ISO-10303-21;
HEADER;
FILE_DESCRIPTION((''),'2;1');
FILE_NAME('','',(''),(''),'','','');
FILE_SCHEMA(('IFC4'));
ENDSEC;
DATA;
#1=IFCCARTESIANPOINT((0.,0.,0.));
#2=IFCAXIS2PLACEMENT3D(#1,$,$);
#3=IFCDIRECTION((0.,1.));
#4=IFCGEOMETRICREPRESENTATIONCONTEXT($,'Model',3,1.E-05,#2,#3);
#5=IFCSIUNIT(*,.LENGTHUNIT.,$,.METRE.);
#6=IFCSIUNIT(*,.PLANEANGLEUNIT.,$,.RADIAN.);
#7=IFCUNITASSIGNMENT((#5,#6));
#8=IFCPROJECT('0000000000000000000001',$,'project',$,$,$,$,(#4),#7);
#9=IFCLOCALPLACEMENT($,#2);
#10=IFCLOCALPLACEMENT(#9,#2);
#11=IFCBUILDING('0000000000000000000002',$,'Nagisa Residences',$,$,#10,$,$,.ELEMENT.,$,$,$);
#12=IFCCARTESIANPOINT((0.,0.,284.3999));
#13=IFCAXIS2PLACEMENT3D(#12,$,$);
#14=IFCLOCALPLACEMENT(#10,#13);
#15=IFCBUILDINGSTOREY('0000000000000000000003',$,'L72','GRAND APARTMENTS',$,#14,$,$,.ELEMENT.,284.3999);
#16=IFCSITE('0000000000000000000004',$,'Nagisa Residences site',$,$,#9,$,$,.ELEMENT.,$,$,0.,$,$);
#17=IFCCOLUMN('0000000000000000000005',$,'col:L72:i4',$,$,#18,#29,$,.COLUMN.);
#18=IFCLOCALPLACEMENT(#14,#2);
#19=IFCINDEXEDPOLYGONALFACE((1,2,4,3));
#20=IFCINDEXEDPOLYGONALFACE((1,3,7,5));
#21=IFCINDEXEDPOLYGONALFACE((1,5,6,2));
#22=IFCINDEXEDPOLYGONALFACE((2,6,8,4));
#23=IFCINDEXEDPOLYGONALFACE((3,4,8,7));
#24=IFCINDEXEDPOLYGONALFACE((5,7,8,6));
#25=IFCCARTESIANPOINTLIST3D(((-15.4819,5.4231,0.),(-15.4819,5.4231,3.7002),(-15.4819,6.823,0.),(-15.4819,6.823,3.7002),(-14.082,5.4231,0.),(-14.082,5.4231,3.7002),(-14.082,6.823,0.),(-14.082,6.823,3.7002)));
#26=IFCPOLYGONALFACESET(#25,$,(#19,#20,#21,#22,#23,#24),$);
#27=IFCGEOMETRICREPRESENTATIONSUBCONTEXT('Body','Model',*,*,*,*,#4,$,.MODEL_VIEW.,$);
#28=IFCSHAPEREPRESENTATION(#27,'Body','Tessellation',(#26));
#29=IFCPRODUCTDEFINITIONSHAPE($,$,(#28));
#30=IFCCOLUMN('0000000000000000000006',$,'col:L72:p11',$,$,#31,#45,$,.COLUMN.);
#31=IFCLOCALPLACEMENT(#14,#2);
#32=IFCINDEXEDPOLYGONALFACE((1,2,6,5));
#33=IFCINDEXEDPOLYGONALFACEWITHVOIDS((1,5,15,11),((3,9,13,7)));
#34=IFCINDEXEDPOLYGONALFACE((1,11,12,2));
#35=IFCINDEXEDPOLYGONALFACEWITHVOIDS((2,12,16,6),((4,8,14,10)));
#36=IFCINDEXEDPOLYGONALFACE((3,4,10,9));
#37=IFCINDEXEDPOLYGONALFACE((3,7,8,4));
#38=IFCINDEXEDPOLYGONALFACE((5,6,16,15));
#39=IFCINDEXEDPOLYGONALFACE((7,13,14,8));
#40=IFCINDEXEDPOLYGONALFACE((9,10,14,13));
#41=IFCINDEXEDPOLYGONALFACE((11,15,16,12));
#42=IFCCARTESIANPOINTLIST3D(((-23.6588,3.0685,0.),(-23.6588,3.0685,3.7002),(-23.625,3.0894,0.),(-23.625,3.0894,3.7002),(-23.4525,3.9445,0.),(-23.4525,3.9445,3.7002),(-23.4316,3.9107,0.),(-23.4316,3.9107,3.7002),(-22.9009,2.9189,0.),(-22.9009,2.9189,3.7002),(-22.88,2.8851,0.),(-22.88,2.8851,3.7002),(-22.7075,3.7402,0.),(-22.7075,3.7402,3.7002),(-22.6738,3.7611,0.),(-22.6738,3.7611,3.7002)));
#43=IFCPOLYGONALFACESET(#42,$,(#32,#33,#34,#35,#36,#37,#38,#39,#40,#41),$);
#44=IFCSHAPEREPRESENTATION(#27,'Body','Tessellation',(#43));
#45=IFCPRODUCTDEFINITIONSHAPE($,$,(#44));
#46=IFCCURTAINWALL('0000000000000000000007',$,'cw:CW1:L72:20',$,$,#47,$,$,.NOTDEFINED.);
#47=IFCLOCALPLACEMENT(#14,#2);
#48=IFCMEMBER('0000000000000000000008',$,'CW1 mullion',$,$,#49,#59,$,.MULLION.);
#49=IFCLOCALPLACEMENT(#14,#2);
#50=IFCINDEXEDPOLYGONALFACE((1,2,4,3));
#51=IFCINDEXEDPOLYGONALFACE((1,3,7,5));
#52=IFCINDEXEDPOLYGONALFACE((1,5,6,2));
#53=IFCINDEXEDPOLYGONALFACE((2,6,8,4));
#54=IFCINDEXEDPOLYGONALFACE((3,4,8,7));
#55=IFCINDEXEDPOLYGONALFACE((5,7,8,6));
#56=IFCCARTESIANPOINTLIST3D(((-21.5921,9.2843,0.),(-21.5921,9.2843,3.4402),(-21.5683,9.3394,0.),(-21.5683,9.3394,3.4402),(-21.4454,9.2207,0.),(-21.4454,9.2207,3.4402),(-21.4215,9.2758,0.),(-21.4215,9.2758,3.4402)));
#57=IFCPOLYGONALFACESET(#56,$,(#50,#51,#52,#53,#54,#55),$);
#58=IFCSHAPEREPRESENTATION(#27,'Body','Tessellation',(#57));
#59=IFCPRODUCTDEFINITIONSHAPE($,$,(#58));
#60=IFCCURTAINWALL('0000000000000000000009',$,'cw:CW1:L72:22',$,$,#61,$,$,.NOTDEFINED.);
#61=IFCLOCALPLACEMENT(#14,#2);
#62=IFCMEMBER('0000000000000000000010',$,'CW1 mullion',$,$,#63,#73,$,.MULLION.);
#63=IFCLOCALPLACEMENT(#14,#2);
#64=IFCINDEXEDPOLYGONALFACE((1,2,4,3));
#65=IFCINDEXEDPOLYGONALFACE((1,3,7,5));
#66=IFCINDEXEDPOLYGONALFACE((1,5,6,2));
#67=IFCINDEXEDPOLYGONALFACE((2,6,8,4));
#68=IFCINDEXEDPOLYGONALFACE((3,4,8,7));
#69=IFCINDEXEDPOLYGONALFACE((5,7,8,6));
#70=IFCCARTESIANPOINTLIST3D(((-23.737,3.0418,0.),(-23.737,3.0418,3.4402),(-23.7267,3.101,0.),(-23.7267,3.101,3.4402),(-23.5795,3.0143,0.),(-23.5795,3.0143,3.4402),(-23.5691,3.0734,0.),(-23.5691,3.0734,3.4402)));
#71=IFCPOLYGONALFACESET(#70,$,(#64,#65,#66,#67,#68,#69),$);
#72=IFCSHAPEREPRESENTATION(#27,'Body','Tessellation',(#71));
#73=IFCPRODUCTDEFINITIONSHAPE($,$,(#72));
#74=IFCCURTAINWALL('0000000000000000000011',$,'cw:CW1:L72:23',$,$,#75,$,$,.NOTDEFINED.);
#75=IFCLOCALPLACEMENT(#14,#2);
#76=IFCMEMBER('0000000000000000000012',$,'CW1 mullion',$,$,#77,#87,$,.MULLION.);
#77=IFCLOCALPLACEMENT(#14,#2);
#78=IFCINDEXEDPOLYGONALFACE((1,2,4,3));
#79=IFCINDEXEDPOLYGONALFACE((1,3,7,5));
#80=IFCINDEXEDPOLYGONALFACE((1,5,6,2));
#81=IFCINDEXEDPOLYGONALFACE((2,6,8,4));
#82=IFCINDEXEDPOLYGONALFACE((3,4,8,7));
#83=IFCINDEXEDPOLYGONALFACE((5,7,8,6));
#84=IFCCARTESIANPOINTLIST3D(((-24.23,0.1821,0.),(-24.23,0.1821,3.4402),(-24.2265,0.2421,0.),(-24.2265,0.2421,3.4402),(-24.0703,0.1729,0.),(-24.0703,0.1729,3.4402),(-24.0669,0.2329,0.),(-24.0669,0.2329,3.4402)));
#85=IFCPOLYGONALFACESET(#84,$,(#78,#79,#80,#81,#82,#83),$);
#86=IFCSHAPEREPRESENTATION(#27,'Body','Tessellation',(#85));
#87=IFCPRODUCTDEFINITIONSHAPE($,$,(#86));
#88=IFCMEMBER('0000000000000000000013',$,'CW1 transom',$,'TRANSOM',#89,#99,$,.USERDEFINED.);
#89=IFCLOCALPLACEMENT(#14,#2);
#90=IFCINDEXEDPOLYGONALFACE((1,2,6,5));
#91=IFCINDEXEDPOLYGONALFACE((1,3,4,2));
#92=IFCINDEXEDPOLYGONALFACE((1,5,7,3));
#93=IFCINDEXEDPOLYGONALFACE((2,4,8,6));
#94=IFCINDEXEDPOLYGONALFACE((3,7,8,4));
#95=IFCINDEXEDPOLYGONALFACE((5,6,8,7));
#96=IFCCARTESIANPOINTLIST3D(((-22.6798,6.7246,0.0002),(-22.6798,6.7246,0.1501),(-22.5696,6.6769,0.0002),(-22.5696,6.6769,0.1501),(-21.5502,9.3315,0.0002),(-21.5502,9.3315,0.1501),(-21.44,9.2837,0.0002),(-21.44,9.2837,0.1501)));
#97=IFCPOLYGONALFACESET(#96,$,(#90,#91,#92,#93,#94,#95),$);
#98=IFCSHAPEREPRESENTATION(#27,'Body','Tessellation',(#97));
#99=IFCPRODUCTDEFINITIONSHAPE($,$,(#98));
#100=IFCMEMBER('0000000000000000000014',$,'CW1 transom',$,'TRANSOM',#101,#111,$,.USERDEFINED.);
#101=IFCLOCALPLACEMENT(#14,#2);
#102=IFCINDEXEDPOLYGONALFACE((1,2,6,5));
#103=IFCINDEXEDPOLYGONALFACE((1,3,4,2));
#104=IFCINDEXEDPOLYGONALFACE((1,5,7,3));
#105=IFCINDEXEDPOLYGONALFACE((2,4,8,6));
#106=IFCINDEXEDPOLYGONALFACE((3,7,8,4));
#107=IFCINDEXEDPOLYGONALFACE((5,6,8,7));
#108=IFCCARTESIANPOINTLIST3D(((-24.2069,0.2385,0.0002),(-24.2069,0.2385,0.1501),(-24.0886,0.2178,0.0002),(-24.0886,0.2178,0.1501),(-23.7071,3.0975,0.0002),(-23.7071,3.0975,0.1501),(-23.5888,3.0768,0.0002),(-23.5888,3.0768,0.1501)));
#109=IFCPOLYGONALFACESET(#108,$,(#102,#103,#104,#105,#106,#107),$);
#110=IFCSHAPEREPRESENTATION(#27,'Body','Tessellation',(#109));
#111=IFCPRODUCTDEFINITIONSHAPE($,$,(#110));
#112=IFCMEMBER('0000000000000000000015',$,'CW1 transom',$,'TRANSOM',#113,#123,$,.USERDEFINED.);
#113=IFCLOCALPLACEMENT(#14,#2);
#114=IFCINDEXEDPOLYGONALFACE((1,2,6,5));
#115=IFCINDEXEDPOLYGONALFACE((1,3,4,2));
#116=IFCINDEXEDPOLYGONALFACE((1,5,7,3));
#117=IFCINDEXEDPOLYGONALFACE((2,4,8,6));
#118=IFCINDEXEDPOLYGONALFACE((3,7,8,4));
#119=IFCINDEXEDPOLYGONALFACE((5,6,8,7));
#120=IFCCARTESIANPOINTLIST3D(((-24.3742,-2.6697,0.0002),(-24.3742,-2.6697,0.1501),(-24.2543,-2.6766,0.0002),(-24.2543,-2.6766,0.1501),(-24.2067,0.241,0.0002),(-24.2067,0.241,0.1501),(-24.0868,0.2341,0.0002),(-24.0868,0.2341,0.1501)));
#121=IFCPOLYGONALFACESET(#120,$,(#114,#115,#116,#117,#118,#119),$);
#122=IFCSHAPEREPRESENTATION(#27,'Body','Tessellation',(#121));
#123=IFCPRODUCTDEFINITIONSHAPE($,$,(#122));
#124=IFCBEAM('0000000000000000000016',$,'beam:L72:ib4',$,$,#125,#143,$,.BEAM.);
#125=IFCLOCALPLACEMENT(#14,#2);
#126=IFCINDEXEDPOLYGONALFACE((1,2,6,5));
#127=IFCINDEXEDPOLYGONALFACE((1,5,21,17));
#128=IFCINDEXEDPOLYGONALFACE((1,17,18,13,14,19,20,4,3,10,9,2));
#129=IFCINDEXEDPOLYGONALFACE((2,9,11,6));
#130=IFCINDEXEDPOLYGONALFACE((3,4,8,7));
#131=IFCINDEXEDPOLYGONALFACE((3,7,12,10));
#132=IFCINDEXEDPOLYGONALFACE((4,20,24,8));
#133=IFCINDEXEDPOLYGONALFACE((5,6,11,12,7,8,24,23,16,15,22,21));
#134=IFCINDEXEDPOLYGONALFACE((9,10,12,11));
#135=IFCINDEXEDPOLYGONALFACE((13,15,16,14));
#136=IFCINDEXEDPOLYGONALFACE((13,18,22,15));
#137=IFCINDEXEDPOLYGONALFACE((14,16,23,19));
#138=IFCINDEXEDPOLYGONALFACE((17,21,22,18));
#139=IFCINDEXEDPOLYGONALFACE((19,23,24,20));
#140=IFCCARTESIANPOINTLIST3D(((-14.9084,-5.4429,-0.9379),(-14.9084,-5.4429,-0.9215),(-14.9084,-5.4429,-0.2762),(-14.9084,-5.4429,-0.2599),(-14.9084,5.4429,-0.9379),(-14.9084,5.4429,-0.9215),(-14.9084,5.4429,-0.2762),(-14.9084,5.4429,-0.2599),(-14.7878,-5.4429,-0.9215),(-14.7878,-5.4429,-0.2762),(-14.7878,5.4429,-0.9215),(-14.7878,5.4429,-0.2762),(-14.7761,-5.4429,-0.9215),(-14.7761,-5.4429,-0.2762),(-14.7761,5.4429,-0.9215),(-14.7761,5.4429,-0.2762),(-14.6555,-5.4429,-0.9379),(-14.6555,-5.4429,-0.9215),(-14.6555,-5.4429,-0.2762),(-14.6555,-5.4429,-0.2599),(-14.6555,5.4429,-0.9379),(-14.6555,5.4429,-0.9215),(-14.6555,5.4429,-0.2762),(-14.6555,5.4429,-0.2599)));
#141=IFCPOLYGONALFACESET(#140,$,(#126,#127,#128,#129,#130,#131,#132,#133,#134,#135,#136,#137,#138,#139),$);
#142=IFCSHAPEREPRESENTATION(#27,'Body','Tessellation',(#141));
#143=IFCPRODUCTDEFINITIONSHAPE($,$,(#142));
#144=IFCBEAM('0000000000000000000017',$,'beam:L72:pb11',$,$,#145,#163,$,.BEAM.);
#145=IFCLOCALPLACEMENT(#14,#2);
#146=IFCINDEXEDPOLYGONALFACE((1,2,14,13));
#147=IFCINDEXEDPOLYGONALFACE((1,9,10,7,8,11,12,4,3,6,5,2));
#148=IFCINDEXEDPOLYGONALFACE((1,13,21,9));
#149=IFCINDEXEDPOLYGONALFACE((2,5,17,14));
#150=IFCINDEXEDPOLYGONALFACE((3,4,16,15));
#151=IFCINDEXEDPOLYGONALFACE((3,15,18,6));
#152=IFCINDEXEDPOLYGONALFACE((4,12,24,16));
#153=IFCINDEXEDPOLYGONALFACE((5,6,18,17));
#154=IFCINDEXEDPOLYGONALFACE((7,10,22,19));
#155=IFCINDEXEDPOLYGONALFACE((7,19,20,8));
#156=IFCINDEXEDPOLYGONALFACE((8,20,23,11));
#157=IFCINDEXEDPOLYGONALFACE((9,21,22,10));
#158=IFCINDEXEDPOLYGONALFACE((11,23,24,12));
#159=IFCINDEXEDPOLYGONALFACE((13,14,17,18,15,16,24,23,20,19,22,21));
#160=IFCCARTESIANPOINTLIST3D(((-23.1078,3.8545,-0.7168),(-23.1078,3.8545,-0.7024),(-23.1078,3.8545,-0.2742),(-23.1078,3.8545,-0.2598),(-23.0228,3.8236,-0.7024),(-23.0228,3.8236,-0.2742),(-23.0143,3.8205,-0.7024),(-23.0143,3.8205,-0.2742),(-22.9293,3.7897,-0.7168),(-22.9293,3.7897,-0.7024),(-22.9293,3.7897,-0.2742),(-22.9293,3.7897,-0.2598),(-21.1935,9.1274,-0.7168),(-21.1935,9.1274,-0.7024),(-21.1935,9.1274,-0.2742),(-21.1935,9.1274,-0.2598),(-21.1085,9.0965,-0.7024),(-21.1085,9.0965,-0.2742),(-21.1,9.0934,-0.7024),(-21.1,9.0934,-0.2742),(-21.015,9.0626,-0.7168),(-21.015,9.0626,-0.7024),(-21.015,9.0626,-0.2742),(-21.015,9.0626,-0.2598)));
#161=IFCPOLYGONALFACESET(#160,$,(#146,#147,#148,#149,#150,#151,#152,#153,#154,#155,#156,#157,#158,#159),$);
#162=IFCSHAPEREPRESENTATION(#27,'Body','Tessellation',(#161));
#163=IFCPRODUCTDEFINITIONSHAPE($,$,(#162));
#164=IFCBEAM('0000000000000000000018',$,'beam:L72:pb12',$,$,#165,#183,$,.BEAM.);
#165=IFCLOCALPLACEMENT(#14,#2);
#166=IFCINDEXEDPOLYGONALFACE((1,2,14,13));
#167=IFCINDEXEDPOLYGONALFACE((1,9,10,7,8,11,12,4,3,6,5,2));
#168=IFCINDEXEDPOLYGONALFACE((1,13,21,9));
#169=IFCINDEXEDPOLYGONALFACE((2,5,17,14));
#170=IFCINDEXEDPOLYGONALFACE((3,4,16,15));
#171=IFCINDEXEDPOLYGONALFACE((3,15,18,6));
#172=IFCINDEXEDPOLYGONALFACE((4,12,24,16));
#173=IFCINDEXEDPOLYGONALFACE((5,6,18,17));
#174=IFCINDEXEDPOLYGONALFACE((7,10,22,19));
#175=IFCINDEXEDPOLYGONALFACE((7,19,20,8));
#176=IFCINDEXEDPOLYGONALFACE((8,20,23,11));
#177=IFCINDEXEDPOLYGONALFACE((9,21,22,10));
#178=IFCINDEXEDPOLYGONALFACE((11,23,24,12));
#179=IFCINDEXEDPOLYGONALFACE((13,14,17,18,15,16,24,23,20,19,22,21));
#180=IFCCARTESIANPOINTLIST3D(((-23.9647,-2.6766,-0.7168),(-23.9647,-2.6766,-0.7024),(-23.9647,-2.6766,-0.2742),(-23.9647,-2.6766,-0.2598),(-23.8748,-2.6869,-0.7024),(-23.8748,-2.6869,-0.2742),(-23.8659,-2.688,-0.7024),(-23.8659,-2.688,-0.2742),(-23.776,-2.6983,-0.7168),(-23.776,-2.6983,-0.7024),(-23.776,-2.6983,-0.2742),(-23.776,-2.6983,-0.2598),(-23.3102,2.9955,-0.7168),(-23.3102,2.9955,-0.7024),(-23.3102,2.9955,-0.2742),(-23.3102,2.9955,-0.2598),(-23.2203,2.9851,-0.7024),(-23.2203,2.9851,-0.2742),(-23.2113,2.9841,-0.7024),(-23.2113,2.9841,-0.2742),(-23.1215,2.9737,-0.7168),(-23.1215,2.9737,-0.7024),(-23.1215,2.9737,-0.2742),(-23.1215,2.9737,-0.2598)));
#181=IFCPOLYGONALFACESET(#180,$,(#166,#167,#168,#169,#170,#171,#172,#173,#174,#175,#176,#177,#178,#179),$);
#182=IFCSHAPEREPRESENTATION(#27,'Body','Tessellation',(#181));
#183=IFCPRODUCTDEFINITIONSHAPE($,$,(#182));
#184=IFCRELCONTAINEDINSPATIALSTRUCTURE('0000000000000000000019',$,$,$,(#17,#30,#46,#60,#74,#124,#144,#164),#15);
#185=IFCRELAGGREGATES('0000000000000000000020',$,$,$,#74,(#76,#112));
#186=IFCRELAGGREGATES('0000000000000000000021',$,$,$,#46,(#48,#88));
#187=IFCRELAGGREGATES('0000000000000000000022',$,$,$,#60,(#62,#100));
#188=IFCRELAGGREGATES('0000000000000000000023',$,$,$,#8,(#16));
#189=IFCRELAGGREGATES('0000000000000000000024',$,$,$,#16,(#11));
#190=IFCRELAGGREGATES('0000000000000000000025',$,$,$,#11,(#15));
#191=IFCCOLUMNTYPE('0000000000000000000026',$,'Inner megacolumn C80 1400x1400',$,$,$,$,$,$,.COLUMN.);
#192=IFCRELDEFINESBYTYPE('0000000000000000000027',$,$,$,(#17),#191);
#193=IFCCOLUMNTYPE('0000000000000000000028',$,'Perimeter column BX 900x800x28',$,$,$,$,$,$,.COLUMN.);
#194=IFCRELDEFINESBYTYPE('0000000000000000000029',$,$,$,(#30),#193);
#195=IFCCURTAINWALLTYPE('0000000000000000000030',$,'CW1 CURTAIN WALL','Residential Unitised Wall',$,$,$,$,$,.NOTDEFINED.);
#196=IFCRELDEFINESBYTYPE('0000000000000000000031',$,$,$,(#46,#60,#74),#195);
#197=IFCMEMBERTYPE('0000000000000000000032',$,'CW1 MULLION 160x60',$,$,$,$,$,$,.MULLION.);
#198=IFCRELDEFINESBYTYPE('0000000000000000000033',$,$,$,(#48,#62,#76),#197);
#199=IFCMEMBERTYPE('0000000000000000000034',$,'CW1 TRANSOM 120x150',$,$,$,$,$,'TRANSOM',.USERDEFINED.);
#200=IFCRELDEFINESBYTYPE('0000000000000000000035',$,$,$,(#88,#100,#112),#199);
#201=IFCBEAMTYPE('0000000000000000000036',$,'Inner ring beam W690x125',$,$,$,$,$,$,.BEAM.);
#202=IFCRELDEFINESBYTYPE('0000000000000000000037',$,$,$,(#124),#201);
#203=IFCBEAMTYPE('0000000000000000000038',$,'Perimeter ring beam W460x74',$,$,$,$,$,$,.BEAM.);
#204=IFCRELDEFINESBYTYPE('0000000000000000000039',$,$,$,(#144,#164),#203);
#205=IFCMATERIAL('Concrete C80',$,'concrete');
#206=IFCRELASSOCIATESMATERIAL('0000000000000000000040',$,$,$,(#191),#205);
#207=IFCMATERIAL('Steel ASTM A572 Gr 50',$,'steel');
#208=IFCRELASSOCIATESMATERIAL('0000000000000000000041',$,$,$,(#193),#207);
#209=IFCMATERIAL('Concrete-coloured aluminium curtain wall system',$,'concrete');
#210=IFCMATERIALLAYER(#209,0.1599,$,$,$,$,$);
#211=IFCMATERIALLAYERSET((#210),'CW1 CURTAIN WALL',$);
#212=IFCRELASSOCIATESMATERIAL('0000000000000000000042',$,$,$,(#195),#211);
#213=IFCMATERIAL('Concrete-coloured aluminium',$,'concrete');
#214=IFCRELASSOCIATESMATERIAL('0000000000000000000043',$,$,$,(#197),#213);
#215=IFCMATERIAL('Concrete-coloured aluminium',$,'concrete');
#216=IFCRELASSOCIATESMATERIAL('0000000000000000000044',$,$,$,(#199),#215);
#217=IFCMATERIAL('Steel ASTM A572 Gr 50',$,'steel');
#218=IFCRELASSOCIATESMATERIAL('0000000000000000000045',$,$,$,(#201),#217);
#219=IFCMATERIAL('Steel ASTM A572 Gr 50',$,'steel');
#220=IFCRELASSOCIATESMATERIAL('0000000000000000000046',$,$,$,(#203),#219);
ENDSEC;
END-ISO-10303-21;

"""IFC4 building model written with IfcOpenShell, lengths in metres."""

from ifc_helpers import new_model, si_unit, direction, frame, origin, origin_2d, place, context, subcontext, project, spatial, rectangle, hollow_rectangle, i_section, extrude, material, layer, layer_set, material_profile, profile_set, type_object, element, aggregate, save


model = new_model("IFC4")

# Units and contexts
model_context = context("Model", 3, precision=1e-05, world=origin(), true_north=direction((0.0, 1.0)))
body_context = subcontext(model_context, "Body", "Model", "MODEL_VIEW")
ifc_project = project(units=[si_unit("LENGTHUNIT", "METRE"), si_unit("PLANEANGLEUNIT", "RADIAN")], contexts=[model_context])

# Site, building, storey
site_placement = place(None, origin())
site = spatial("IfcSite", under=ifc_project, at=site_placement, Name="Nagisa Residences site", CompositionType="ELEMENT", RefElevation=0.0)
building_placement = place(site_placement, origin())
building = spatial("IfcBuilding", under=site, at=building_placement, Name="Nagisa Residences", CompositionType="ELEMENT")
storey_placement = place(building_placement, frame((0.0, 0.0, 284.3999)))
storey = spatial("IfcBuildingStorey", under=building, at=storey_placement, Name="L72", Description="GRAND APARTMENTS", CompositionType="ELEMENT", Elevation=284.3999)

# Columns
ifc_material_1 = material(Name="Concrete C80", Category="concrete")
ifc_material_profile_1 = material_profile(ifc_material_1, rectangle(XDim=1.3999, YDim=1.3999, at=origin_2d()), Name="C80 1400x1400")
ifc_profile_set_1 = profile_set([ifc_material_profile_1], Name="Concrete C80")
column_type_1 = type_object("IfcColumnType", Name="Inner megacolumn C80 1400x1400", PredefinedType="COLUMN", material=ifc_profile_set_1)
column_1_placement = place(storey_placement, frame((-14.782, 6.123, 0.0), z_axis=(0.0, 0.0, 1.0), x_axis=(1.0, 0.0, 0.0)))
element("IfcColumn", 1, at=column_1_placement, inside=storey, type_object=column_type_1, Name="col:L72:i4", PredefinedType="COLUMN", context=body_context, shape_type="SweptSolid", body=[
    extrude(rectangle(XDim=1.3999, YDim=1.3999, at=origin_2d()), origin(), (0.0, 0.0, 1.0), 3.7002),
])
ifc_material_2 = material(Name="Steel ASTM A572 Gr 50", Category="steel")
ifc_material_profile_2 = material_profile(ifc_material_2, hollow_rectangle(XDim=0.8999, YDim=0.8, WallThickness=0.0281, at=origin_2d()), Name="BX 900x800x28")
ifc_profile_set_2 = profile_set([ifc_material_profile_2], Name="Steel ASTM A572 Gr 50")
column_type_2 = type_object("IfcColumnType", Name="Perimeter column BX 900x800x28", PredefinedType="COLUMN", material=ifc_profile_set_2)
column_2_placement = place(storey_placement, frame((-23.1663, 3.4148, 0.0), z_axis=(0.0, 0.0, 1.0), x_axis=(-0.229202, -0.973379, 0.0)))
element("IfcColumn", 2, at=column_2_placement, inside=storey, type_object=column_type_2, Name="col:L72:p11", PredefinedType="COLUMN", context=body_context, shape_type="SweptSolid", body=[
    extrude(hollow_rectangle(XDim=0.8999, YDim=0.8, WallThickness=0.0281, at=origin_2d()), origin(), (0.0, 0.0, 1.0), 3.7002),
])

# Curtain walls, members
ifc_material_3 = material(Name="Concrete-coloured aluminium curtain wall system", Category="concrete")
ifc_layer_1 = layer(ifc_material_3, 0.1599)
ifc_layer_set_1 = layer_set([ifc_layer_1], Name="CW1 CURTAIN WALL")
curtain_wall_type = type_object("IfcCurtainWallType", Name="CW1 CURTAIN WALL", Description="Residential Unitised Wall", PredefinedType="NOTDEFINED", material=ifc_layer_set_1)
curtain_wall_1_placement = place(storey_placement, origin())
curtain_wall_1 = element("IfcCurtainWall", 3, at=curtain_wall_1_placement, inside=storey, type_object=curtain_wall_type, Name="cw:CW1:L72:20", PredefinedType="NOTDEFINED")
ifc_material_4 = material(Name="Concrete-coloured aluminium", Category="concrete")
ifc_material_profile_3 = material_profile(ifc_material_4, rectangle(XDim=0.1599, YDim=0.0601, at=origin_2d()), Name="CW1 MULLION 160x60")
ifc_profile_set_3 = profile_set([ifc_material_profile_3], Name="Concrete-coloured aluminium")
member_type_1 = type_object("IfcMemberType", Name="CW1 MULLION 160x60", PredefinedType="MULLION", material=ifc_profile_set_3)
member_1_placement = place(storey_placement, frame((-21.5068, 9.28, 0.0), z_axis=(0.0, 0.0, 1.0), x_axis=(0.917543, -0.397636, 0.0)))
member_1 = element("IfcMember", 4, at=member_1_placement, type_object=member_type_1, Name="CW1 mullion", PredefinedType="MULLION", context=body_context, shape_type="SweptSolid", body=[
    extrude(rectangle(XDim=0.1599, YDim=0.0601, at=origin_2d()), origin(), (0.0, 0.0, 1.0), 3.4402),
])
curtain_wall_2_placement = place(storey_placement, origin())
curtain_wall_2 = element("IfcCurtainWall", 5, at=curtain_wall_2_placement, inside=storey, type_object=curtain_wall_type, Name="cw:CW1:L72:22", PredefinedType="NOTDEFINED")
member_2_placement = place(storey_placement, frame((-23.6531, 3.0576, 0.0), z_axis=(0.0, 0.0, 1.0), x_axis=(0.985064, -0.172191, 0.0)))
member_2 = element("IfcMember", 6, at=member_2_placement, type_object=member_type_1, Name="CW1 mullion", PredefinedType="MULLION", context=body_context, shape_type="SweptSolid", body=[
    extrude(rectangle(XDim=0.1599, YDim=0.0601, at=origin_2d()), origin(), (0.0, 0.0, 1.0), 3.4402),
])
curtain_wall_3_placement = place(storey_placement, origin())
curtain_wall_3 = element("IfcCurtainWall", 7, at=curtain_wall_3_placement, inside=storey, type_object=curtain_wall_type, Name="cw:CW1:L72:23", PredefinedType="NOTDEFINED")
member_3_placement = place(storey_placement, frame((-24.1484, 0.2075, 0.0), z_axis=(0.0, 0.0, 1.0), x_axis=(0.998345, -0.057503, 0.0)))
member_3 = element("IfcMember", 8, at=member_3_placement, type_object=member_type_1, Name="CW1 mullion", PredefinedType="MULLION", context=body_context, shape_type="SweptSolid", body=[
    extrude(rectangle(XDim=0.1599, YDim=0.0601, at=origin_2d()), origin(), (0.0, 0.0, 1.0), 3.4402),
])

# Members
ifc_material_5 = material(Name="Concrete-coloured aluminium", Category="concrete")
ifc_material_profile_4 = material_profile(ifc_material_5, rectangle(XDim=0.1201, YDim=0.1499, at=origin_2d()), Name="CW1 TRANSOM 120x150")
ifc_profile_set_4 = profile_set([ifc_material_profile_4], Name="Concrete-coloured aluminium")
member_type_2 = type_object("IfcMemberType", Name="CW1 TRANSOM 120x150", ElementType="TRANSOM", PredefinedType="USERDEFINED", material=ifc_profile_set_4)
member_4_placement = place(storey_placement, frame((-21.4951, 9.3076, 0.0752), z_axis=(-0.397598, -0.91756, 0.0), x_axis=(0.91756, -0.397598, 0.0)))
member_4 = element("IfcMember", 9, at=member_4_placement, type_object=member_type_2, Name="CW1 transom", ObjectType="TRANSOM", PredefinedType="USERDEFINED", context=body_context, shape_type="SweptSolid", body=[
    extrude(rectangle(XDim=0.1201, YDim=0.1499, at=origin_2d()), origin(), (0.0, 0.0, 1.0), 2.8411),
])
member_5_placement = place(storey_placement, frame((-23.6479, 3.0872, 0.0752), z_axis=(-0.172197, -0.985063, 0.0), x_axis=(0.985063, -0.172197, 0.0)))
member_5 = element("IfcMember", 10, at=member_5_placement, type_object=member_type_2, Name="CW1 transom", ObjectType="TRANSOM", PredefinedType="USERDEFINED", context=body_context, shape_type="SweptSolid", body=[
    extrude(rectangle(XDim=0.1201, YDim=0.1499, at=origin_2d()), origin(), (0.0, 0.0, 1.0), 2.9023),
])
member_6_placement = place(storey_placement, frame((-24.1467, 0.2375, 0.0752), z_axis=(-0.057446, -0.998349, 0.0), x_axis=(0.998349, -0.057446, 0.0)))
member_6 = element("IfcMember", 11, at=member_6_placement, type_object=member_type_2, Name="CW1 transom", ObjectType="TRANSOM", PredefinedType="USERDEFINED", context=body_context, shape_type="SweptSolid", body=[
    extrude(rectangle(XDim=0.1201, YDim=0.1499, at=origin_2d()), origin(), (0.0, 0.0, 1.0), 2.9155),
])
aggregate(curtain_wall_3, [member_3, member_6])

# Beams
ifc_material_6 = material(Name="Steel ASTM A572 Gr 50", Category="steel")
ifc_material_profile_5 = material_profile(ifc_material_6, i_section(OverallWidth=0.2529, OverallDepth=0.678, WebThickness=0.0117, FlangeThickness=0.0164, at=origin_2d()), Name="W690x125")
ifc_profile_set_5 = profile_set([ifc_material_profile_5], Name="Steel ASTM A572 Gr 50")
beam_type_1 = type_object("IfcBeamType", Name="Inner ring beam W690x125", PredefinedType="BEAM", material=ifc_profile_set_5)
beam_1_placement = place(storey_placement, frame((-14.782, 5.4429, -0.5989), z_axis=(0.0, -1.0, 0.0), x_axis=(1.0, 0.0, 0.0)))
element("IfcBeam", 12, at=beam_1_placement, inside=storey, type_object=beam_type_1, Name="beam:L72:ib4", PredefinedType="BEAM", context=body_context, shape_type="SweptSolid", body=[
    extrude(i_section(OverallWidth=0.2529, OverallDepth=0.678, WebThickness=0.0117, FlangeThickness=0.0164, at=origin_2d()), origin(), (0.0, 0.0, 1.0), 10.8857),
])
ifc_material_7 = material(Name="Steel ASTM A572 Gr 50", Category="steel")
ifc_material_profile_6 = material_profile(ifc_material_7, i_section(OverallWidth=0.1899, OverallDepth=0.457, WebThickness=0.009, FlangeThickness=0.0144, at=origin_2d()), Name="W460x74")
ifc_profile_set_6 = profile_set([ifc_material_profile_6], Name="Steel ASTM A572 Gr 50")
beam_type_2 = type_object("IfcBeamType", Name="Perimeter ring beam W460x74", PredefinedType="BEAM", material=ifc_profile_set_6)
beam_2_placement = place(storey_placement, frame((-21.1042, 9.095, -0.4883), z_axis=(-0.34125, -0.939972, 0.0), x_axis=(0.939972, -0.34125, 0.0)))
element("IfcBeam", 13, at=beam_2_placement, inside=storey, type_object=beam_type_2, Name="beam:L72:pb11", PredefinedType="BEAM", context=body_context, shape_type="SweptSolid", body=[
    extrude(i_section(OverallWidth=0.1899, OverallDepth=0.457, WebThickness=0.009, FlangeThickness=0.0144, at=origin_2d()), origin(), (0.0, 0.0, 1.0), 5.6096),
])
beam_3_placement = place(storey_placement, frame((-23.2158, 2.9846, -0.4883), z_axis=(-0.114635, -0.993408, 0.0), x_axis=(0.993408, -0.114635, 0.0)))
element("IfcBeam", 14, at=beam_3_placement, inside=storey, type_object=beam_type_2, Name="beam:L72:pb12", PredefinedType="BEAM", context=body_context, shape_type="SweptSolid", body=[
    extrude(i_section(OverallWidth=0.1899, OverallDepth=0.457, WebThickness=0.009, FlangeThickness=0.0144, at=origin_2d()), origin(), (0.0, 0.0, 1.0), 5.7097),
])

aggregate(curtain_wall_1, [member_1, member_4])
aggregate(curtain_wall_2, [member_2, member_5])

save(model, "model.ifc")
